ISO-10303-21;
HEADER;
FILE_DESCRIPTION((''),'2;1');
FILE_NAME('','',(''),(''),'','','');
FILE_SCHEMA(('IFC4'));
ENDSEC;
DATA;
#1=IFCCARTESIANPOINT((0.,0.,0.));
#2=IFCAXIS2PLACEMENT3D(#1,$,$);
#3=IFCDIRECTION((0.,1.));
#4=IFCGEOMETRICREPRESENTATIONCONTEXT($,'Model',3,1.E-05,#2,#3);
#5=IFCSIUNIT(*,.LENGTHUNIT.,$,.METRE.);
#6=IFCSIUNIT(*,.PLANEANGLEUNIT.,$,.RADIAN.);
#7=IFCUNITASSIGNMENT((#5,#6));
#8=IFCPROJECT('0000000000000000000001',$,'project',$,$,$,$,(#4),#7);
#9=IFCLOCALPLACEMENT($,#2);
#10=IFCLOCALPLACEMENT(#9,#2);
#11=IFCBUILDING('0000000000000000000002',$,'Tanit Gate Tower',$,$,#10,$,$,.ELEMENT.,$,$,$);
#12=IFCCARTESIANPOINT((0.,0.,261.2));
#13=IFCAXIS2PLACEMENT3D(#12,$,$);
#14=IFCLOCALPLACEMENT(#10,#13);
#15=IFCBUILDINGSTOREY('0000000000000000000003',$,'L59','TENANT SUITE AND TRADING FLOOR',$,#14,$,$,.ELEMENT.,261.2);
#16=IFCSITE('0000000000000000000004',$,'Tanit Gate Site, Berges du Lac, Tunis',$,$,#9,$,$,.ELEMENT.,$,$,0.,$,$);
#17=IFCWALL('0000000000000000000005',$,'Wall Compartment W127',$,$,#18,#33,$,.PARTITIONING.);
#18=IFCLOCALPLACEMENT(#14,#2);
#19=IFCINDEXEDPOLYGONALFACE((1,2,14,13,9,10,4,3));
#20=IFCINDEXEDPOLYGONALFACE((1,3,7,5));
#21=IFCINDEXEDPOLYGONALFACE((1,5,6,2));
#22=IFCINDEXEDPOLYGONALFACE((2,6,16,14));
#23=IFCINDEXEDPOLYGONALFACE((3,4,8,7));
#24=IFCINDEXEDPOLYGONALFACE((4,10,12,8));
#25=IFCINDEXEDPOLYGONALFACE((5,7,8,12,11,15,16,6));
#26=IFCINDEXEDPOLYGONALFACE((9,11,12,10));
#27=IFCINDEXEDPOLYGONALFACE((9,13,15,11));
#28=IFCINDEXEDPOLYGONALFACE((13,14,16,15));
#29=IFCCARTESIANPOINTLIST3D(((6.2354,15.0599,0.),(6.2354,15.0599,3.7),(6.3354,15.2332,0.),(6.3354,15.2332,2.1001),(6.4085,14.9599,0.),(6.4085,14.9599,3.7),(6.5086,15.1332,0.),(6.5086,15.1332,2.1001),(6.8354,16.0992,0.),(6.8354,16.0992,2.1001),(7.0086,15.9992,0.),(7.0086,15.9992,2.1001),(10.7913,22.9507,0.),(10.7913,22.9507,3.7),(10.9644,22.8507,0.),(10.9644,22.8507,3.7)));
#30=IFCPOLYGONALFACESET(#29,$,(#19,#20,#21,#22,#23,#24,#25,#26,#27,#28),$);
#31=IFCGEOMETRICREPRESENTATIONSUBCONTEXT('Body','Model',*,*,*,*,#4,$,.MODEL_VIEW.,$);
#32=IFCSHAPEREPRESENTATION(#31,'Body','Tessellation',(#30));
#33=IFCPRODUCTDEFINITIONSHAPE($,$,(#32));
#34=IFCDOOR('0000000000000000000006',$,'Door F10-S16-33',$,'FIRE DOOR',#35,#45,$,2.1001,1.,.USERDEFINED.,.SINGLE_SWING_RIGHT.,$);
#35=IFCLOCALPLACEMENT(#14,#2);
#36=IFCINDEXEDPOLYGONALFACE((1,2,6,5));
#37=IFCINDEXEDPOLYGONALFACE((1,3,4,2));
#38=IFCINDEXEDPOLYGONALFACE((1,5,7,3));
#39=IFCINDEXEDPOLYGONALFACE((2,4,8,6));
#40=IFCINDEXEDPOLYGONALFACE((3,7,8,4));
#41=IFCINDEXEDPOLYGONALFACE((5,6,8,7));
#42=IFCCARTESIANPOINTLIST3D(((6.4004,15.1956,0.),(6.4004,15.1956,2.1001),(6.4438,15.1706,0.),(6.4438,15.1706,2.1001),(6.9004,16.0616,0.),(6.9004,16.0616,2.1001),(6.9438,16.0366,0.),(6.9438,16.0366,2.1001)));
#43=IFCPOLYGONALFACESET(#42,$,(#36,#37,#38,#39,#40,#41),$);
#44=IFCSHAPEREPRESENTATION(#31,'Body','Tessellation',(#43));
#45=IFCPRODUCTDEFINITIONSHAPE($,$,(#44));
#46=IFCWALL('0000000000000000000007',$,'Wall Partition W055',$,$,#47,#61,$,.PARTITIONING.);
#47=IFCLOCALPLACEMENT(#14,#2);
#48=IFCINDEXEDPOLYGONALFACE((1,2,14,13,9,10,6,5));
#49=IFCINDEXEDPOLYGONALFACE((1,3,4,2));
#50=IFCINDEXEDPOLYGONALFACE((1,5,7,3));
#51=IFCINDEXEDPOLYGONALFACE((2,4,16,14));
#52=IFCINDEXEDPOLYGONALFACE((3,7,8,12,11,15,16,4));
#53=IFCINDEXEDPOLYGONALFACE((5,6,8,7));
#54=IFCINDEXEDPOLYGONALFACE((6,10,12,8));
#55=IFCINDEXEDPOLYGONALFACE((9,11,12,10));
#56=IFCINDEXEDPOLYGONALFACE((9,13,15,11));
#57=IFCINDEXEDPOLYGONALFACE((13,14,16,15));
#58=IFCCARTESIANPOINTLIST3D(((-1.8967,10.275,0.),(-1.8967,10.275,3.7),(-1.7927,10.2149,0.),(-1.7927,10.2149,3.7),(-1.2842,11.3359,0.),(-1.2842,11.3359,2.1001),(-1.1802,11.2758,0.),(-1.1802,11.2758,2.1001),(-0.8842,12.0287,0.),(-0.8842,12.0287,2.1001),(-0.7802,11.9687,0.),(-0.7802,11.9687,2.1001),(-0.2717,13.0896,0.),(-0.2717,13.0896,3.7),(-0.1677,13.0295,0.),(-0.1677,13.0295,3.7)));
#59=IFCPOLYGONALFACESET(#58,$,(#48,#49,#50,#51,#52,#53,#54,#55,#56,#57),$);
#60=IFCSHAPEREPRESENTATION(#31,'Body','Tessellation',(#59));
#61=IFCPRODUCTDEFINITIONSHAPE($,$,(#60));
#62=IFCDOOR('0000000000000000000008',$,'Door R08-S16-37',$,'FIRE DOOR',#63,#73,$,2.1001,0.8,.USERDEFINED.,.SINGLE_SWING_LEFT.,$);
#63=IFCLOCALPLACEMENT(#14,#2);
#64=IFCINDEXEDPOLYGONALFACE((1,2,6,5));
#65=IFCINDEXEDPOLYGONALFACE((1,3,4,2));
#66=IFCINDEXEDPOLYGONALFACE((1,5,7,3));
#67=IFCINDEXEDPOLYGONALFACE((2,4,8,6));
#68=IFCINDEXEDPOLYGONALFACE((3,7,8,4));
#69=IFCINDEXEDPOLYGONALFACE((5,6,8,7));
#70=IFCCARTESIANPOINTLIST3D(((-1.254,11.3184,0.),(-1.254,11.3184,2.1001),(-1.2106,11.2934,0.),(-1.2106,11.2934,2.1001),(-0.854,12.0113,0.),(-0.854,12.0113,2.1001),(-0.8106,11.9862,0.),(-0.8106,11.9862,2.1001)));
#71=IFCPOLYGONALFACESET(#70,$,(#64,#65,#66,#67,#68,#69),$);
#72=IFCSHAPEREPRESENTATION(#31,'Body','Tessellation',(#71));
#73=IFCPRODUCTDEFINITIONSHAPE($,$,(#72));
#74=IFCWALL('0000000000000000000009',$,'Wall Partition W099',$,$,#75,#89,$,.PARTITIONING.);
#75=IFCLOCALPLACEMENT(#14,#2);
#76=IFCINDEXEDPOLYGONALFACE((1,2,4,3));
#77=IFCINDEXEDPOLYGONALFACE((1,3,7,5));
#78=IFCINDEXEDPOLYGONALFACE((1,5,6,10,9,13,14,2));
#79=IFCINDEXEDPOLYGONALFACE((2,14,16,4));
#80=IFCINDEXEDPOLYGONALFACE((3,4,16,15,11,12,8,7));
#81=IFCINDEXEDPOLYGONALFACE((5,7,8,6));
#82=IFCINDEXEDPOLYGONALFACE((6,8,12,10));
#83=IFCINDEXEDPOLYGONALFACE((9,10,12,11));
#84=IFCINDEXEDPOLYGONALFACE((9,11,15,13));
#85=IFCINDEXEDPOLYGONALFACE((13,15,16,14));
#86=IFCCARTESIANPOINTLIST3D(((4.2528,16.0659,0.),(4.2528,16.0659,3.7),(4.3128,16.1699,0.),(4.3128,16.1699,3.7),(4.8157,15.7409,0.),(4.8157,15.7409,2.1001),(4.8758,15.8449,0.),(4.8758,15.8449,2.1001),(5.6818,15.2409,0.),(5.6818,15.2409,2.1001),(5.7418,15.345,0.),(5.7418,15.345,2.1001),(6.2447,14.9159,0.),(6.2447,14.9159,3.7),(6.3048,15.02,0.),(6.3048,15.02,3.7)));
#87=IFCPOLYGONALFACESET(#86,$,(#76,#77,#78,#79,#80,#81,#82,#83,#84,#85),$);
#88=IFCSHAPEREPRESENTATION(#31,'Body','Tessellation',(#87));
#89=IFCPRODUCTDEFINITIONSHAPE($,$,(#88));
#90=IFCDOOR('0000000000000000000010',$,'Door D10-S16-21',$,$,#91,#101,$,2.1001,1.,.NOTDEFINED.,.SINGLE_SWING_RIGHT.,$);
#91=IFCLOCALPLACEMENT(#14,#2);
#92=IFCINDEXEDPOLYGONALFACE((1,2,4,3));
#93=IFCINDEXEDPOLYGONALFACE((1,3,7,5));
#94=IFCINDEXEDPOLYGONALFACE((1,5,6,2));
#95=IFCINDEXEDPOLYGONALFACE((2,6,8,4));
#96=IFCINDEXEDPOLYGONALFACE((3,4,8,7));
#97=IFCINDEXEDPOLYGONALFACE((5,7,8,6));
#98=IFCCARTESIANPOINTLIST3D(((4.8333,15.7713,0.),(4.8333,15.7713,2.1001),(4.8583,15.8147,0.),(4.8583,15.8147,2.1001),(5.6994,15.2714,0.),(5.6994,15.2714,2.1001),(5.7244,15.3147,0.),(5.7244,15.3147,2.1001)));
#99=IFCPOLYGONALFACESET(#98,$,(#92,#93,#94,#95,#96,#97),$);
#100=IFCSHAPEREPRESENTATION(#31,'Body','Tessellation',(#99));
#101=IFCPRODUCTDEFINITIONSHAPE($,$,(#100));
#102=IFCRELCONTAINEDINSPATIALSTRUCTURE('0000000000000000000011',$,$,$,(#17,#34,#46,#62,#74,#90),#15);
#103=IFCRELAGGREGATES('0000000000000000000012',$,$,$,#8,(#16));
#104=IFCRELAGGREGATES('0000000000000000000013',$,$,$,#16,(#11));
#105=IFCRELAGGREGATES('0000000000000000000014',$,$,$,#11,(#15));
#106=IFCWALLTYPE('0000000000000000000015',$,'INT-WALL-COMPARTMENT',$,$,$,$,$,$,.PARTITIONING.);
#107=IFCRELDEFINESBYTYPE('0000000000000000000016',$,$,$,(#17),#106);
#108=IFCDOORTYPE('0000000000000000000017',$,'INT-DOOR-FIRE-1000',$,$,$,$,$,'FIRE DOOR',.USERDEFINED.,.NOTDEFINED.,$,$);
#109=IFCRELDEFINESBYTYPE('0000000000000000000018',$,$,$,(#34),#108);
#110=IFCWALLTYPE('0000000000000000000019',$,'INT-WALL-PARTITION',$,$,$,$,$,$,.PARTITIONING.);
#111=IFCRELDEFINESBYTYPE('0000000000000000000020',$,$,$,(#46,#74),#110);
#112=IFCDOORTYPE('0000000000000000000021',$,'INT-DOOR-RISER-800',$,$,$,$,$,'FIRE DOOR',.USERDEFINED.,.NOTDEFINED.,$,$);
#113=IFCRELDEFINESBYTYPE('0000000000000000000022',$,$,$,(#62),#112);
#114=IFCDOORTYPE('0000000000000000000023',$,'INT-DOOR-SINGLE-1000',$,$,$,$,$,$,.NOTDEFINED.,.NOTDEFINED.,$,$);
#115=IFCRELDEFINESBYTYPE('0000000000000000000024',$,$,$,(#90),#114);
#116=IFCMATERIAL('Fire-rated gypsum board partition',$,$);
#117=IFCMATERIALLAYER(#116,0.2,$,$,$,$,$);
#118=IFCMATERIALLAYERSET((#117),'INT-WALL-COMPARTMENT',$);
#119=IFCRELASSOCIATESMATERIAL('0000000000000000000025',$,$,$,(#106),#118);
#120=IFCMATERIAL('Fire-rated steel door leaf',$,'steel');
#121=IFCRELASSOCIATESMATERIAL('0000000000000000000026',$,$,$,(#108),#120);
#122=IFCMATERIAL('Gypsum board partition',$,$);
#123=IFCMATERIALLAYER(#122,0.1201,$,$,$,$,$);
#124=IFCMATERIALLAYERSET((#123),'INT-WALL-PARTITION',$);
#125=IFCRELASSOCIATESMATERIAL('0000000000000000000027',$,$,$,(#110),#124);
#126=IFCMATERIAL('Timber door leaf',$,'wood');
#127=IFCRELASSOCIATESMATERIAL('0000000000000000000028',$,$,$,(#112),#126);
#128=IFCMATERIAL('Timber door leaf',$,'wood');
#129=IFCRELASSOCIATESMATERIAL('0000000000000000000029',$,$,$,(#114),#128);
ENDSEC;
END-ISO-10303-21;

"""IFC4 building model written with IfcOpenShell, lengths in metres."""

from ifc_helpers import new_model, si_unit, direction, frame, frame_2d, origin, place, context, subcontext, project, spatial, rectangle, extrude, material, layer, layer_set, type_object, element, fill, save


model = new_model("IFC4")

# Units and contexts
model_context = context("Model", 3, precision=1e-05, world=origin(), true_north=direction((0.0, 1.0)))
body_context = subcontext(model_context, "Body", "Model", "MODEL_VIEW")
ifc_project = project(units=[si_unit("LENGTHUNIT", "METRE"), si_unit("PLANEANGLEUNIT", "RADIAN")], contexts=[model_context])

# Site, building, storey
site_placement = place(None, origin())
site = spatial("IfcSite", under=ifc_project, at=site_placement, Name="Tanit Gate Site, Berges du Lac, Tunis", CompositionType="ELEMENT", RefElevation=0.0)
building_placement = place(site_placement, origin())
building = spatial("IfcBuilding", under=site, at=building_placement, Name="Tanit Gate Tower", CompositionType="ELEMENT")
storey_placement = place(building_placement, frame((0.0, 0.0, 261.2)))
storey = spatial("IfcBuildingStorey", under=building, at=storey_placement, Name="L59", Description="TENANT SUITE AND TRADING FLOOR", CompositionType="ELEMENT", Elevation=261.2)

# Shared definitions
ifc_material_1 = material(Name="Fire-rated gypsum board partition")
ifc_layer_1 = layer(ifc_material_1, 0.2)
ifc_layer_set_1 = layer_set([ifc_layer_1], Name="INT-WALL-COMPARTMENT")
wall_type_1 = type_object("IfcWallType", Name="INT-WALL-COMPARTMENT", PredefinedType="PARTITIONING", material=ifc_layer_set_1)

# Walls, openings, doors
ifc_material_2 = material(Name="Fire-rated steel door leaf", Category="steel")
door_type_1 = type_object("IfcDoorType", Name="INT-DOOR-FIRE-1000", ElementType="FIRE DOOR", OperationType="NOTDEFINED", PredefinedType="USERDEFINED", material=ifc_material_2)
wall_1_placement = place(storey_placement, frame((6.322, 15.01, 0.0), z_axis=(0.0, 0.0, 1.0), x_axis=(0.500009, 0.86602, 0.0)))
wall_1 = element("IfcWall", 1, at=wall_1_placement, inside=storey, type_object=wall_type_1, Name="Wall Compartment W127", PredefinedType="PARTITIONING", context=body_context, shape_type="SweptSolid", body=[
    extrude(rectangle(XDim=9.1116, YDim=0.2, at=frame_2d((4.5557, 0.0))), origin(), (0.0, 0.0, 1.0), 3.7),
])
opening_1_placement = place(wall_1_placement, frame((0.2, 0.0, 0.0)))
opening_1 = element("IfcOpeningElement", 2, at=opening_1_placement, cuts=wall_1, PredefinedType="OPENING", context=body_context, shape_type="SweptSolid", body=[
    extrude(rectangle(XDim=1.0, YDim=2.1001, at=frame_2d((0.5, 1.05))), frame((0.0, 0.1099, 0.0), z_axis=(0.0, -1.0, 0.0), x_axis=(1.0, 0.0, 0.0)), (0.0, 0.0, 1.0), 0.22),
])
door_1_placement = place(opening_1_placement, origin())
door_1 = element("IfcDoor", 3, at=door_1_placement, inside=storey, type_object=door_type_1, Name="Door F10-S16-33", ObjectType="FIRE DOOR", OperationType="SINGLE_SWING_RIGHT", OverallHeight=2.1001, OverallWidth=1.0, PredefinedType="USERDEFINED", context=body_context, shape_type="SweptSolid", body=[
    extrude(rectangle(XDim=1.0, YDim=2.1001, at=frame_2d((0.5, 1.05))), frame((0.0, 0.0249, 0.0), z_axis=(0.0, -1.0, 0.0), x_axis=(1.0, 0.0, 0.0)), (0.0, 0.0, 1.0), 0.05),
])
fill(opening_1, door_1)
ifc_material_3 = material(Name="Gypsum board partition")
ifc_layer_2 = layer(ifc_material_3, 0.1201)
ifc_layer_set_2 = layer_set([ifc_layer_2], Name="INT-WALL-PARTITION")
wall_type_2 = type_object("IfcWallType", Name="INT-WALL-PARTITION", PredefinedType="PARTITIONING", material=ifc_layer_set_2)
wall_2_placement = place(storey_placement, frame((-0.2197, 13.0596, 0.0), z_axis=(0.0, 0.0, 1.0), x_axis=(-0.499985, -0.866034, 0.0)))
wall_2 = element("IfcWall", 4, at=wall_2_placement, inside=storey, type_object=wall_type_2, Name="Wall Partition W055", PredefinedType="PARTITIONING", context=body_context, shape_type="SweptSolid", body=[
    extrude(rectangle(XDim=3.25, YDim=0.1201, at=frame_2d((1.625, 0.0))), origin(), (0.0, 0.0, 1.0), 3.7),
])
opening_2_placement = place(wall_2_placement, frame((1.2251, 0.0, 0.0)))
opening_2 = element("IfcOpeningElement", 5, at=opening_2_placement, cuts=wall_2, PredefinedType="OPENING", context=body_context, shape_type="SweptSolid", body=[
    extrude(rectangle(XDim=0.8, YDim=2.1001, at=frame_2d((0.3999, 1.05))), frame((0.0, 0.0701, 0.0), z_axis=(0.0, -1.0, 0.0), x_axis=(1.0, 0.0, 0.0)), (0.0, 0.0, 1.0), 0.1401),
])
ifc_material_4 = material(Name="Timber door leaf", Category="wood")
door_type_2 = type_object("IfcDoorType", Name="INT-DOOR-RISER-800", ElementType="FIRE DOOR", OperationType="NOTDEFINED", PredefinedType="USERDEFINED", material=ifc_material_4)
door_2_placement = place(opening_2_placement, origin())
door_2 = element("IfcDoor", 6, at=door_2_placement, inside=storey, type_object=door_type_2, Name="Door R08-S16-37", ObjectType="FIRE DOOR", OperationType="SINGLE_SWING_LEFT", OverallHeight=2.1001, OverallWidth=0.8, PredefinedType="USERDEFINED", context=body_context, shape_type="SweptSolid", body=[
    extrude(rectangle(XDim=0.8, YDim=2.1001, at=frame_2d((0.3999, 1.05))), frame((0.0, 0.0249, 0.0), z_axis=(0.0, -1.0, 0.0), x_axis=(1.0, 0.0, 0.0)), (0.0, 0.0, 1.0), 0.05),
])
fill(opening_2, door_2)
wall_3_placement = place(storey_placement, frame((6.2747, 14.968, 0.0), z_axis=(0.0, 0.0, 1.0), x_axis=(-0.866053, 0.499952, 0.0)))
wall_3 = element("IfcWall", 7, at=wall_3_placement, inside=storey, type_object=wall_type_2, Name="Wall Partition W099", PredefinedType="PARTITIONING", context=body_context, shape_type="SweptSolid", body=[
    extrude(rectangle(XDim=2.3, YDim=0.1201, at=frame_2d((1.1499, 0.0))), origin(), (0.0, 0.0, 1.0), 3.7),
])
opening_3_placement = place(wall_3_placement, frame((0.6499, 0.0, 0.0)))
opening_3 = element("IfcOpeningElement", 8, at=opening_3_placement, cuts=wall_3, PredefinedType="OPENING", context=body_context, shape_type="SweptSolid", body=[
    extrude(rectangle(XDim=1.0, YDim=2.1001, at=frame_2d((0.5, 1.05))), frame((0.0, 0.0701, 0.0), z_axis=(0.0, -1.0, 0.0), x_axis=(1.0, 0.0, 0.0)), (0.0, 0.0, 1.0), 0.1401),
])
ifc_material_5 = material(Name="Timber door leaf", Category="wood")
door_type_3 = type_object("IfcDoorType", Name="INT-DOOR-SINGLE-1000", OperationType="NOTDEFINED", PredefinedType="NOTDEFINED", material=ifc_material_5)
door_3_placement = place(opening_3_placement, origin())
door_3 = element("IfcDoor", 9, at=door_3_placement, inside=storey, type_object=door_type_3, Name="Door D10-S16-21", OperationType="SINGLE_SWING_RIGHT", OverallHeight=2.1001, OverallWidth=1.0, PredefinedType="NOTDEFINED", context=body_context, shape_type="SweptSolid", body=[
    extrude(rectangle(XDim=1.0, YDim=2.1001, at=frame_2d((0.5, 1.05))), frame((0.0, 0.0249, 0.0), z_axis=(0.0, -1.0, 0.0), x_axis=(1.0, 0.0, 0.0)), (0.0, 0.0, 1.0), 0.05),
])
fill(opening_3, door_3)

save(model, "model.ifc")
